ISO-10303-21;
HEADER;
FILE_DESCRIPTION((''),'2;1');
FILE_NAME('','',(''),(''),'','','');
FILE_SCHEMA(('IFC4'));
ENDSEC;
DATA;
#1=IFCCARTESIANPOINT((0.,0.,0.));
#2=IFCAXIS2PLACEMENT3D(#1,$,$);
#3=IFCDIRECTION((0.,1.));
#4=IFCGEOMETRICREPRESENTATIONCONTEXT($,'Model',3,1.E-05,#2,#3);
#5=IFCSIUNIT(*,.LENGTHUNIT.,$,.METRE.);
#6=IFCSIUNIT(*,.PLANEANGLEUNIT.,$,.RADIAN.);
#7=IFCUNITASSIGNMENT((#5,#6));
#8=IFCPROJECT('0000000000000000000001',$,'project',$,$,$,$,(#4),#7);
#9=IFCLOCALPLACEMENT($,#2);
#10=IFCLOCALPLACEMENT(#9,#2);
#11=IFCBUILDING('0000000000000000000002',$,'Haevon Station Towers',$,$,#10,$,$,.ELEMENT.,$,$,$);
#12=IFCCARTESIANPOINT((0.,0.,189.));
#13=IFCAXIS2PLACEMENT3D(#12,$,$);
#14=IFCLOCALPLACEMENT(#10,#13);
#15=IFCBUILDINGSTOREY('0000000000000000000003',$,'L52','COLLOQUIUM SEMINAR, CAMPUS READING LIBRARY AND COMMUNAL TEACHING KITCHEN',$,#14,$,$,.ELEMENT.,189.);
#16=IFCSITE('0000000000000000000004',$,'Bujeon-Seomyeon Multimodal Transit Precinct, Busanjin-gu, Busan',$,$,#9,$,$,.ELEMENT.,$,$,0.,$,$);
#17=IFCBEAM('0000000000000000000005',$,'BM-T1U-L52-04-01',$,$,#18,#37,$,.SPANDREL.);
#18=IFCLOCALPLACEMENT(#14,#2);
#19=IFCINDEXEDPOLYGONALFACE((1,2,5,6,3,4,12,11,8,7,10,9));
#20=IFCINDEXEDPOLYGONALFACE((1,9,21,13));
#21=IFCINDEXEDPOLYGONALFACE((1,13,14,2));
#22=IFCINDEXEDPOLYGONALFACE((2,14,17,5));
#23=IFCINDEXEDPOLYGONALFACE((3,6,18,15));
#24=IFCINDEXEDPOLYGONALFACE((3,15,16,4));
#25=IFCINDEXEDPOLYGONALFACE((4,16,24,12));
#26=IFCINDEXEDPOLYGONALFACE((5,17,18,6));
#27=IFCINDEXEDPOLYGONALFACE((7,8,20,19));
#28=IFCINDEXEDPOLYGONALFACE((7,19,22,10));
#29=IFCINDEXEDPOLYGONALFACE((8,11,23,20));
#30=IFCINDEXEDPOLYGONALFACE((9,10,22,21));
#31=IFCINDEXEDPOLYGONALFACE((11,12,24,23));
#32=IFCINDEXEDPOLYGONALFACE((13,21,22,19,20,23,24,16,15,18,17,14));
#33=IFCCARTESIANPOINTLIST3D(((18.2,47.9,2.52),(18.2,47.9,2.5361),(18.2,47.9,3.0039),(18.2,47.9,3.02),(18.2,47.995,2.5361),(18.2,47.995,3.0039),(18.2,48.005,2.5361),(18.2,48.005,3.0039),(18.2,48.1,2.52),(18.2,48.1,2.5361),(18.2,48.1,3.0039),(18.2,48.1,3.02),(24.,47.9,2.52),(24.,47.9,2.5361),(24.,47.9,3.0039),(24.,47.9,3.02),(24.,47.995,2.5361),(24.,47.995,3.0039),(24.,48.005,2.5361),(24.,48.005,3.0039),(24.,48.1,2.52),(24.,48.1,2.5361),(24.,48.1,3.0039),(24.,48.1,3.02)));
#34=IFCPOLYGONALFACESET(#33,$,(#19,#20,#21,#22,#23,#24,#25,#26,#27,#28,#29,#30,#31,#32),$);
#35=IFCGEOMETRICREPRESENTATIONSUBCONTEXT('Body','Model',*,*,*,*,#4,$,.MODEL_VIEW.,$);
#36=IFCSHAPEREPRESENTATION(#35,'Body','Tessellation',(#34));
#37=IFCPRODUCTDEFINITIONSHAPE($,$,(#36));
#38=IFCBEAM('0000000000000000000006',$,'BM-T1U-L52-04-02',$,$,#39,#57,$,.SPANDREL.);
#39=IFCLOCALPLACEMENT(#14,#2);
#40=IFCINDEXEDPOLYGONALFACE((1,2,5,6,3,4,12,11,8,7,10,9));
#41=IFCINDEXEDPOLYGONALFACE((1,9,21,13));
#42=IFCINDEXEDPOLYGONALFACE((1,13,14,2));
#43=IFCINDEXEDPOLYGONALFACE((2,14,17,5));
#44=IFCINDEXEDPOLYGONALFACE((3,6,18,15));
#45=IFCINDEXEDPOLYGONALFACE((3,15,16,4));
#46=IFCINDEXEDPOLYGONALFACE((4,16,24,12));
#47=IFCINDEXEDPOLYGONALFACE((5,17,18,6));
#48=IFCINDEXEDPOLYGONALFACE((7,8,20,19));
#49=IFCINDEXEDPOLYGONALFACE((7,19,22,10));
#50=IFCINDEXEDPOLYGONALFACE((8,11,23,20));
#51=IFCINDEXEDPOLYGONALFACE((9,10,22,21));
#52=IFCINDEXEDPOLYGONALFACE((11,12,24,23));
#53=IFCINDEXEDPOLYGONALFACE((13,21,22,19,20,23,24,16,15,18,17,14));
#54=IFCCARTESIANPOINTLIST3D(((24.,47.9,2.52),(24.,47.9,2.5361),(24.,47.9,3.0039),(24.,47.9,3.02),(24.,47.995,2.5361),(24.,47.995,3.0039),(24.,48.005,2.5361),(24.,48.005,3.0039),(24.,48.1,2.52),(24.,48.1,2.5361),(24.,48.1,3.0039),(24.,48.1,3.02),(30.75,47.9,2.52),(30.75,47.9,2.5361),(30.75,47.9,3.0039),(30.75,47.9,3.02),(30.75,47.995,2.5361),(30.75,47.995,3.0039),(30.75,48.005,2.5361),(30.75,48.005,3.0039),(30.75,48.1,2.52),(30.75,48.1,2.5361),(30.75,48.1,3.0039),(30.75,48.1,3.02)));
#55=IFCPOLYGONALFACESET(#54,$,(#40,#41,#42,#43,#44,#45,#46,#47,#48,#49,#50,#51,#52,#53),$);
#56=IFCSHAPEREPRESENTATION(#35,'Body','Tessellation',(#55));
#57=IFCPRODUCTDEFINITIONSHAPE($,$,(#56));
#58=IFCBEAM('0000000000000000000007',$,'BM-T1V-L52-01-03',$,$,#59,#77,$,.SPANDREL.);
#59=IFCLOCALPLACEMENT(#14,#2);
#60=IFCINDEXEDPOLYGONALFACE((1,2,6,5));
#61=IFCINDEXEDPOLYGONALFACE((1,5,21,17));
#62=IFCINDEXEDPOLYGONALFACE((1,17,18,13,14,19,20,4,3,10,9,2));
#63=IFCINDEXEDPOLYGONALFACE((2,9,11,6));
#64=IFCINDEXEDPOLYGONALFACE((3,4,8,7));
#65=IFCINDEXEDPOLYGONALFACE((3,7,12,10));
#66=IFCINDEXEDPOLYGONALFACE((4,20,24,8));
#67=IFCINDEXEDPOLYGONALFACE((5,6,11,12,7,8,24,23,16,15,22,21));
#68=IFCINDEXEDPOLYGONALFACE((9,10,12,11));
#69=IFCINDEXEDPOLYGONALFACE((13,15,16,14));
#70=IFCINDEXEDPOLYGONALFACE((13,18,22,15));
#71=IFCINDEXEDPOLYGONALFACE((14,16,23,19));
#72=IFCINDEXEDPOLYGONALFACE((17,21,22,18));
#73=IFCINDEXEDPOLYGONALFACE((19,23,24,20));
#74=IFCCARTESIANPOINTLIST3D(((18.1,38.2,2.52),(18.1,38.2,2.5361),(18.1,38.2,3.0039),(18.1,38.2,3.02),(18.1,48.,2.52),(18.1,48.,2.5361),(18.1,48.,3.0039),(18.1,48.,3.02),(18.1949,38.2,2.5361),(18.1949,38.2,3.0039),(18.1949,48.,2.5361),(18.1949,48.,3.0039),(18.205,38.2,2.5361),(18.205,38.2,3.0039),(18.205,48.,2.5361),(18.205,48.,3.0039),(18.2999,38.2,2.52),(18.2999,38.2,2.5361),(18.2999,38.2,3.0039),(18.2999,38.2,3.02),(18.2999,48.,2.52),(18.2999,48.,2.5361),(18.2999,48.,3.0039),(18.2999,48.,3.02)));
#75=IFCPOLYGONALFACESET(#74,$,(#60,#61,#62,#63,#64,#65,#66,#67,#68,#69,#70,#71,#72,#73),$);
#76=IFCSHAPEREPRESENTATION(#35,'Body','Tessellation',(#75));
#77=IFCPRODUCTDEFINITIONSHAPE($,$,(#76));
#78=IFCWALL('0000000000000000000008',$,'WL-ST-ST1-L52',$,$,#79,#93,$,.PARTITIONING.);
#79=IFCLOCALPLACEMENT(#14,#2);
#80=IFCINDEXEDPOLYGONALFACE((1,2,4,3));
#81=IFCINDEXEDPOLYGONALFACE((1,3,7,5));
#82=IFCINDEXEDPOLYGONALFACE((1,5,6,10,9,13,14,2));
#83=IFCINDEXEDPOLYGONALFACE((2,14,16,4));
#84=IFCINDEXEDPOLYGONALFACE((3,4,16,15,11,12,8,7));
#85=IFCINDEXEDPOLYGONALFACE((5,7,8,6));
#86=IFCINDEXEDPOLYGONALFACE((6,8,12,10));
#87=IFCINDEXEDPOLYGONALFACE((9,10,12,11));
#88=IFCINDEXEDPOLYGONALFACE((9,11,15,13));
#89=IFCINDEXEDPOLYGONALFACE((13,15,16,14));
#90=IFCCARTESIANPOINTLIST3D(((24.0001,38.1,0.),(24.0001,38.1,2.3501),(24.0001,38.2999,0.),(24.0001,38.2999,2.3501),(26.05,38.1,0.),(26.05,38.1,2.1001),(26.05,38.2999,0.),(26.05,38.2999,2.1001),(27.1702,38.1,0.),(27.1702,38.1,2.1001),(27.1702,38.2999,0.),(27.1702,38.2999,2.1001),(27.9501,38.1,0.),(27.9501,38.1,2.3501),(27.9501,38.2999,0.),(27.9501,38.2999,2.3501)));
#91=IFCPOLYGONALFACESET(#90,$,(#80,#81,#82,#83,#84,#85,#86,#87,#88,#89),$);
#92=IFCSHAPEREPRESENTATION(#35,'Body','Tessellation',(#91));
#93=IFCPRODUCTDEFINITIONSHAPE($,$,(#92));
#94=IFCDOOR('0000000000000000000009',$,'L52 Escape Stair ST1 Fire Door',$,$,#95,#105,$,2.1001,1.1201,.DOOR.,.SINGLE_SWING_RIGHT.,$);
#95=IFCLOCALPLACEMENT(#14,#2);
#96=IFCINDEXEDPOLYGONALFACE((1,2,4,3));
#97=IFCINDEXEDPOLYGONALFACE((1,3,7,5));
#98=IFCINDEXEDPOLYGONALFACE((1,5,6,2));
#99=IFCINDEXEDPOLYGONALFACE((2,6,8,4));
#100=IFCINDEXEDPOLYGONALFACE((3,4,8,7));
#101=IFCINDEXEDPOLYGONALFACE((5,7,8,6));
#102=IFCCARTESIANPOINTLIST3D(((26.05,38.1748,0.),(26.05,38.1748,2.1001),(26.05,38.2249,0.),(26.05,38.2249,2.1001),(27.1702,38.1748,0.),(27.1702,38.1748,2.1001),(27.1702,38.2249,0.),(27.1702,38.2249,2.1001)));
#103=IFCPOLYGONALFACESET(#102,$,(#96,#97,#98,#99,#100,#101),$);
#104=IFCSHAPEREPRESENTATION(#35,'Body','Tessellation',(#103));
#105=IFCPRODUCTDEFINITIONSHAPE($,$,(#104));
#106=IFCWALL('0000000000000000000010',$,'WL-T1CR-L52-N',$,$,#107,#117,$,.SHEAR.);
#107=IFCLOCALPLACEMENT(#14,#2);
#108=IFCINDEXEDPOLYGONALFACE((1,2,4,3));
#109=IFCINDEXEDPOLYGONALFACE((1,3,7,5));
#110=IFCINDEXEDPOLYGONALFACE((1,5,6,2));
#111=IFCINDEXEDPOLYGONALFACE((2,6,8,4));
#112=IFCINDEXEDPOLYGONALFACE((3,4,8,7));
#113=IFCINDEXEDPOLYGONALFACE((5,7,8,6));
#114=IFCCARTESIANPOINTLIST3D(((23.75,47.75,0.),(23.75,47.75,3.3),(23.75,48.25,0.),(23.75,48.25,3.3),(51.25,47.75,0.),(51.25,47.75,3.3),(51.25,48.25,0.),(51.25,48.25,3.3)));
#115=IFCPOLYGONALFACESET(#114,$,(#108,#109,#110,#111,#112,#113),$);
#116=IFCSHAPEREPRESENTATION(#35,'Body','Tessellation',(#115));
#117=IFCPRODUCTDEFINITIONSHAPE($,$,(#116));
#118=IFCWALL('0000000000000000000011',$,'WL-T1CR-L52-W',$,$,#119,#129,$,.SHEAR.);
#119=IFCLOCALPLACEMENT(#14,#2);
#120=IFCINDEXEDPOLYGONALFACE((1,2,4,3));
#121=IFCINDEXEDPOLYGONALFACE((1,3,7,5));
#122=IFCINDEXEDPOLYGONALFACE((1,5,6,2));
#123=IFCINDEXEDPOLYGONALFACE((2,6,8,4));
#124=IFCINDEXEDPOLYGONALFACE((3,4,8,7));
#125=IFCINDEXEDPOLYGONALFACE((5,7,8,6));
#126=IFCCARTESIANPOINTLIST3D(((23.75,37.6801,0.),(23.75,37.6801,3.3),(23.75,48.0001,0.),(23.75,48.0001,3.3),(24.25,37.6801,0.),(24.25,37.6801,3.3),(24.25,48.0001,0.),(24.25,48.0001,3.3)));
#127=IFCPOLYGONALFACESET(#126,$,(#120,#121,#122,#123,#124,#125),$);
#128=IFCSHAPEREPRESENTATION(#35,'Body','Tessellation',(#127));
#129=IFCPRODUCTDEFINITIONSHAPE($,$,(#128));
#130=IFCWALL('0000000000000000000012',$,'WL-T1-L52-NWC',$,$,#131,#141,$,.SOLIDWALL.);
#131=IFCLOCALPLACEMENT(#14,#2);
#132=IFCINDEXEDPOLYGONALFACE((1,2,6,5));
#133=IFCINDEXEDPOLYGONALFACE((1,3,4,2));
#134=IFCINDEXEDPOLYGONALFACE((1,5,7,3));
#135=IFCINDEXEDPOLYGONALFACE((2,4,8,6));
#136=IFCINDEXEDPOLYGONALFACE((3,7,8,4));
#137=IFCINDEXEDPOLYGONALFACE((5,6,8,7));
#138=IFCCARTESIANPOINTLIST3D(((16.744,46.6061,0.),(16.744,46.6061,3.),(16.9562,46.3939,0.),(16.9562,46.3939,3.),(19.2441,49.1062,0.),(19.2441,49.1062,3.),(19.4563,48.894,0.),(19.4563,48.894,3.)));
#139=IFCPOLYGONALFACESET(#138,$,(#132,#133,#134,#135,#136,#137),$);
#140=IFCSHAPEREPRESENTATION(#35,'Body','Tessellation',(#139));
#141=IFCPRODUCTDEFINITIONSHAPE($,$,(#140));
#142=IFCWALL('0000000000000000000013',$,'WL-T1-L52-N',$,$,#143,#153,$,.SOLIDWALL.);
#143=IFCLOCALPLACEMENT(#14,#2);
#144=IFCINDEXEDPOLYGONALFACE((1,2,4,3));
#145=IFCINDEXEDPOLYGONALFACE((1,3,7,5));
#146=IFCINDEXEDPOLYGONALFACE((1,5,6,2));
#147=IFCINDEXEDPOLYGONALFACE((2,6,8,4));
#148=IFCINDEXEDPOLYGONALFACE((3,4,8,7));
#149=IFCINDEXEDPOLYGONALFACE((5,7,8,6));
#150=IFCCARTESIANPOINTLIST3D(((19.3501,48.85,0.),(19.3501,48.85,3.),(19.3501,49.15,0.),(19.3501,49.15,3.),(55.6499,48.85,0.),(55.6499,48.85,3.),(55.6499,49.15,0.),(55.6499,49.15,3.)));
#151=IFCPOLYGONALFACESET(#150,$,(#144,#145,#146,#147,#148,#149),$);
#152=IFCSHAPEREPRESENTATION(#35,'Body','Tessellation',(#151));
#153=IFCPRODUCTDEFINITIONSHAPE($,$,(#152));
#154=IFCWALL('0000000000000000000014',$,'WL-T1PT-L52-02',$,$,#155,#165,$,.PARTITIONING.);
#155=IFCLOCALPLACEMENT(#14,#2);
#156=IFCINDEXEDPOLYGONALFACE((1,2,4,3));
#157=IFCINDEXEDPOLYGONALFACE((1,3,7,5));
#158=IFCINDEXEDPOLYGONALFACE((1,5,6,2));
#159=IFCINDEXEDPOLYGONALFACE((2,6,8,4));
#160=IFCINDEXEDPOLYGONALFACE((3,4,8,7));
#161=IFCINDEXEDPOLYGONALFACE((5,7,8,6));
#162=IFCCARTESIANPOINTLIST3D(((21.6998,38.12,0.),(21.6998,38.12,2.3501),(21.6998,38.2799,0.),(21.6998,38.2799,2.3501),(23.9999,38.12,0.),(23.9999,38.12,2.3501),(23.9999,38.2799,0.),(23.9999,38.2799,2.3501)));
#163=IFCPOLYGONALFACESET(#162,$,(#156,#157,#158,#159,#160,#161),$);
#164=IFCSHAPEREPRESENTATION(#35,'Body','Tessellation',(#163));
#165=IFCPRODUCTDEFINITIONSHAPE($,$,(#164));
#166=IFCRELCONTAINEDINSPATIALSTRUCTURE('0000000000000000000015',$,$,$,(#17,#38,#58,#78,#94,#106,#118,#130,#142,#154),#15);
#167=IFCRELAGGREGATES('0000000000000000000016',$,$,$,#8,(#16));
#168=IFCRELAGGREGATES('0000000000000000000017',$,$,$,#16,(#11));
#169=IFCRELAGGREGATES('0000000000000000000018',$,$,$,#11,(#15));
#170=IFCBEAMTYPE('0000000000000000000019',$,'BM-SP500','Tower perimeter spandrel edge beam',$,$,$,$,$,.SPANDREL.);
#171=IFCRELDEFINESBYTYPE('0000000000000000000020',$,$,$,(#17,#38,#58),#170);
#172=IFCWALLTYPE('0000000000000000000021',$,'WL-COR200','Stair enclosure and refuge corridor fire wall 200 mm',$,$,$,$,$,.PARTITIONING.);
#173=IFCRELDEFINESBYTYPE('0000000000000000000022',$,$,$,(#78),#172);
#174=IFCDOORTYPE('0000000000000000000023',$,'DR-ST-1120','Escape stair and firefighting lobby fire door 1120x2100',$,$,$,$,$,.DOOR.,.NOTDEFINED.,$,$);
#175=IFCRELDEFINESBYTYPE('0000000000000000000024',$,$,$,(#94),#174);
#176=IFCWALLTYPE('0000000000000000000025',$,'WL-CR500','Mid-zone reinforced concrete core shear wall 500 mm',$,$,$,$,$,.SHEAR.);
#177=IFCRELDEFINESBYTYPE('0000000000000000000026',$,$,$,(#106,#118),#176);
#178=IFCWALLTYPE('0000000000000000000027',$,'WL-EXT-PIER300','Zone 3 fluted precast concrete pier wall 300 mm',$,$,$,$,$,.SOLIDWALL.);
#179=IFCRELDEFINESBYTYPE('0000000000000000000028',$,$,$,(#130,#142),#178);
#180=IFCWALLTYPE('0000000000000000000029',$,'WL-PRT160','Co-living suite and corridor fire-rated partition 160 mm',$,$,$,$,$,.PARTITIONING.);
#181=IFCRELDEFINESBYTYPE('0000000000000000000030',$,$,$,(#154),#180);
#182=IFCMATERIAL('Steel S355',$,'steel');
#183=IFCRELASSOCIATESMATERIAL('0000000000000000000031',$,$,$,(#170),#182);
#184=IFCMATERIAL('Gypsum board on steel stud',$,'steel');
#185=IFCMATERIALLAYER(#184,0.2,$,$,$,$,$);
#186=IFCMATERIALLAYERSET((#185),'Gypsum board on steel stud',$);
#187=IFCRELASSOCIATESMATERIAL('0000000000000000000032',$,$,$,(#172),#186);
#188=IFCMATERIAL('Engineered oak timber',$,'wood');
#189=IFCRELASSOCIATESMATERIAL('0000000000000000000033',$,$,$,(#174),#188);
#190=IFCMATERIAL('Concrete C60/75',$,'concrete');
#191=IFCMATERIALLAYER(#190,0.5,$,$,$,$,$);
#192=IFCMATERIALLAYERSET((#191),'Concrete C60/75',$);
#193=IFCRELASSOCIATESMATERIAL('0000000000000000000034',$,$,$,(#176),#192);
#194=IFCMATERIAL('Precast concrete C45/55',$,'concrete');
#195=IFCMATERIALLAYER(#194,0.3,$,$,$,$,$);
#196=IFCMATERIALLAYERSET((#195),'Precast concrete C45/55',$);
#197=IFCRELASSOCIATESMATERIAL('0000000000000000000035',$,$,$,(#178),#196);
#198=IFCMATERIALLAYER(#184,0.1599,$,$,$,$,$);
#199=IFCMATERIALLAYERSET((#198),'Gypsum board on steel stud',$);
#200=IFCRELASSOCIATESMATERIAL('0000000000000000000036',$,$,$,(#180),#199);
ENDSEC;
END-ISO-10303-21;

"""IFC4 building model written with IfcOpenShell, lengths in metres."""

from ifc_helpers import new_model, si_unit, direction, frame, frame_2d, origin, origin_2d, place, context, subcontext, project, spatial, rectangle, i_section, extrude, material, layer, layer_set, material_profile, profile_set, type_object, element, fill, save


model = new_model("IFC4")

# Units and contexts
model_context = context("Model", 3, precision=1e-05, world=origin(), true_north=direction((0.0, 1.0)))
body_context = subcontext(model_context, "Body", "Model", "MODEL_VIEW")
ifc_project = project(units=[si_unit("LENGTHUNIT", "METRE"), si_unit("PLANEANGLEUNIT", "RADIAN")], contexts=[model_context])

# Site, building, storey
site_placement = place(None, origin())
site = spatial("IfcSite", under=ifc_project, at=site_placement, Name="Bujeon-Seomyeon Multimodal Transit Precinct, Busanjin-gu, Busan", CompositionType="ELEMENT", RefElevation=0.0)
building_placement = place(site_placement, origin())
building = spatial("IfcBuilding", under=site, at=building_placement, Name="Haevon Station Towers", CompositionType="ELEMENT")
storey_placement = place(building_placement, frame((0.0, 0.0, 189.0)))
storey = spatial("IfcBuildingStorey", under=building, at=storey_placement, Name="L52", Description="COLLOQUIUM SEMINAR, CAMPUS READING LIBRARY AND COMMUNAL TEACHING KITCHEN", CompositionType="ELEMENT", Elevation=189.0)

# Shared definitions
ifc_material_1 = material(Name="Steel S355", Category="steel")

# Beams
ifc_material_profile_1 = material_profile(ifc_material_1, i_section(OverallWidth=0.2, OverallDepth=0.5, WebThickness=0.01, FlangeThickness=0.0161, at=origin_2d()), Name="H-500x200x10x16")
ifc_profile_set_1 = profile_set([ifc_material_profile_1], Name="Steel S355")
beam_type_1 = type_object("IfcBeamType", Name="BM-SP500", Description="Tower perimeter spandrel edge beam", PredefinedType="SPANDREL", material=ifc_profile_set_1)
beam_1_placement = place(storey_placement, frame((18.2, 48.0, 2.77), z_axis=(1.0, 0.0, 0.0), x_axis=(0.0, 1.0, 0.0)))
element("IfcBeam", 1, at=beam_1_placement, inside=storey, type_object=beam_type_1, Name="BM-T1U-L52-04-01", PredefinedType="SPANDREL", context=body_context, shape_type="SweptSolid", body=[
    extrude(i_section(OverallWidth=0.2, OverallDepth=0.5, WebThickness=0.01, FlangeThickness=0.0161, at=origin_2d()), origin(), (0.0, 0.0, 1.0), 5.8),
])
beam_2_placement = place(storey_placement, frame((24.0, 48.0, 2.77), z_axis=(1.0, 0.0, 0.0), x_axis=(0.0, 1.0, 0.0)))
element("IfcBeam", 2, at=beam_2_placement, inside=storey, type_object=beam_type_1, Name="BM-T1U-L52-04-02", PredefinedType="SPANDREL", context=body_context, shape_type="SweptSolid", body=[
    extrude(i_section(OverallWidth=0.2, OverallDepth=0.5, WebThickness=0.01, FlangeThickness=0.0161, at=origin_2d()), origin(), (0.0, 0.0, 1.0), 6.75),
])
beam_3_placement = place(storey_placement, frame((18.2, 38.2, 2.77), z_axis=(0.0, 1.0, 0.0), x_axis=(-1.0, 0.0, 0.0)))
element("IfcBeam", 3, at=beam_3_placement, inside=storey, type_object=beam_type_1, Name="BM-T1V-L52-01-03", PredefinedType="SPANDREL", context=body_context, shape_type="SweptSolid", body=[
    extrude(i_section(OverallWidth=0.2, OverallDepth=0.5, WebThickness=0.01, FlangeThickness=0.0161, at=origin_2d()), origin(), (0.0, 0.0, 1.0), 9.8),
])

# Wall, opening, door
ifc_material_2 = material(Name="Gypsum board on steel stud", Category="steel")
ifc_layer_1 = layer(ifc_material_2, 0.2)
ifc_layer_set_1 = layer_set([ifc_layer_1], Name="Gypsum board on steel stud")
wall_type_1 = type_object("IfcWallType", Name="WL-COR200", Description="Stair enclosure and refuge corridor fire wall 200 mm", PredefinedType="PARTITIONING", material=ifc_layer_set_1)
wall_1_placement = place(storey_placement, frame((24.0, 38.2, 0.0), z_axis=(0.0, 0.0, 1.0), x_axis=(1.0, 0.0, 0.0)))
wall_1 = element("IfcWall", 4, at=wall_1_placement, inside=storey, type_object=wall_type_1, Name="WL-ST-ST1-L52", PredefinedType="PARTITIONING", context=body_context, shape_type="SweptSolid", body=[
    extrude(rectangle(XDim=3.95, YDim=0.2, at=frame_2d((1.9751, 0.0))), origin(), (0.0, 0.0, 1.0), 2.3501),
])
opening_placement = place(wall_1_placement, frame((2.05, 0.0, 0.0)))
opening = element("IfcOpeningElement", 5, at=opening_placement, cuts=wall_1, PredefinedType="OPENING", context=body_context, shape_type="SweptSolid", body=[
    extrude(rectangle(XDim=1.1201, YDim=2.1001, at=frame_2d((0.5601, 1.05))), frame((0.0, 0.1099, 0.0), z_axis=(0.0, -1.0, 0.0), x_axis=(1.0, 0.0, 0.0)), (0.0, 0.0, 1.0), 0.22),
])
ifc_material_3 = material(Name="Engineered oak timber", Category="wood")
door_type = type_object("IfcDoorType", Name="DR-ST-1120", Description="Escape stair and firefighting lobby fire door 1120x2100", OperationType="NOTDEFINED", PredefinedType="DOOR", material=ifc_material_3)
door_placement = place(opening_placement, origin())
door = element("IfcDoor", 6, at=door_placement, inside=storey, type_object=door_type, Name="L52 Escape Stair ST1 Fire Door", OperationType="SINGLE_SWING_RIGHT", OverallHeight=2.1001, OverallWidth=1.1201, PredefinedType="DOOR", context=body_context, shape_type="SweptSolid", body=[
    extrude(rectangle(XDim=1.1201, YDim=2.1001, at=frame_2d((0.5601, 1.05))), frame((0.0, 0.0249, 0.0), z_axis=(0.0, -1.0, 0.0), x_axis=(1.0, 0.0, 0.0)), (0.0, 0.0, 1.0), 0.05),
])
fill(opening, door)

# Walls
ifc_material_4 = material(Name="Concrete C60/75", Category="concrete")
ifc_layer_2 = layer(ifc_material_4, 0.5)
ifc_layer_set_2 = layer_set([ifc_layer_2], Name="Concrete C60/75")
wall_type_2 = type_object("IfcWallType", Name="WL-CR500", Description="Mid-zone reinforced concrete core shear wall 500 mm", PredefinedType="SHEAR", material=ifc_layer_set_2)
wall_2_placement = place(storey_placement, frame((23.75, 48.0, 0.0), z_axis=(0.0, 0.0, 1.0), x_axis=(1.0, 0.0, 0.0)))
element("IfcWall", 7, at=wall_2_placement, inside=storey, type_object=wall_type_2, Name="WL-T1CR-L52-N", PredefinedType="SHEAR", context=body_context, shape_type="SweptSolid", body=[
    extrude(rectangle(XDim=27.5, YDim=0.5, at=frame_2d((13.75, 0.0))), origin(), (0.0, 0.0, 1.0), 3.3),
])
wall_3_placement = place(storey_placement, frame((24.0, 37.6799, 0.0), z_axis=(0.0, 0.0, 1.0), x_axis=(0.0, 1.0, 0.0)))
element("IfcWall", 8, at=wall_3_placement, inside=storey, type_object=wall_type_2, Name="WL-T1CR-L52-W", PredefinedType="SHEAR", context=body_context, shape_type="SweptSolid", body=[
    extrude(rectangle(XDim=10.3201, YDim=0.5, at=frame_2d((5.1602, 0.0))), origin(), (0.0, 0.0, 1.0), 3.3),
])
ifc_material_5 = material(Name="Precast concrete C45/55", Category="concrete")
ifc_layer_3 = layer(ifc_material_5, 0.3)
ifc_layer_set_3 = layer_set([ifc_layer_3], Name="Precast concrete C45/55")
wall_type_3 = type_object("IfcWallType", Name="WL-EXT-PIER300", Description="Zone 3 fluted precast concrete pier wall 300 mm", PredefinedType="SOLIDWALL", material=ifc_layer_set_3)
wall_4_placement = place(storey_placement, frame((16.8501, 46.5, 0.0), z_axis=(0.0, 0.0, 1.0), x_axis=(0.707107, 0.707107, 0.0)))
element("IfcWall", 9, at=wall_4_placement, inside=storey, type_object=wall_type_3, Name="WL-T1-L52-NWC", PredefinedType="SOLIDWALL", context=body_context, shape_type="SweptSolid", body=[
    extrude(rectangle(XDim=3.5356, YDim=0.3, at=frame_2d((1.7678, 0.0))), origin(), (0.0, 0.0, 1.0), 3.0),
])
wall_5_placement = place(storey_placement, frame((19.3501, 49.0, 0.0), z_axis=(0.0, 0.0, 1.0), x_axis=(1.0, 0.0, 0.0)))
element("IfcWall", 10, at=wall_5_placement, inside=storey, type_object=wall_type_3, Name="WL-T1-L52-N", PredefinedType="SOLIDWALL", context=body_context, shape_type="SweptSolid", body=[
    extrude(rectangle(XDim=36.2998, YDim=0.3, at=frame_2d((18.1499, 0.0))), origin(), (0.0, 0.0, 1.0), 3.0),
])
ifc_layer_4 = layer(ifc_material_2, 0.1599)
ifc_layer_set_4 = layer_set([ifc_layer_4], Name="Gypsum board on steel stud")
wall_type_4 = type_object("IfcWallType", Name="WL-PRT160", Description="Co-living suite and corridor fire-rated partition 160 mm", PredefinedType="PARTITIONING", material=ifc_layer_set_4)
wall_6_placement = place(storey_placement, frame((21.7, 38.2, 0.0), z_axis=(0.0, 0.0, 1.0), x_axis=(1.0, 0.0, 0.0)))
element("IfcWall", 11, at=wall_6_placement, inside=storey, type_object=wall_type_4, Name="WL-T1PT-L52-02", PredefinedType="PARTITIONING", context=body_context, shape_type="SweptSolid", body=[
    extrude(rectangle(XDim=2.3, YDim=0.1599, at=frame_2d((1.1499, 0.0))), origin(), (0.0, 0.0, 1.0), 2.3501),
])

save(model, "model.ifc")
